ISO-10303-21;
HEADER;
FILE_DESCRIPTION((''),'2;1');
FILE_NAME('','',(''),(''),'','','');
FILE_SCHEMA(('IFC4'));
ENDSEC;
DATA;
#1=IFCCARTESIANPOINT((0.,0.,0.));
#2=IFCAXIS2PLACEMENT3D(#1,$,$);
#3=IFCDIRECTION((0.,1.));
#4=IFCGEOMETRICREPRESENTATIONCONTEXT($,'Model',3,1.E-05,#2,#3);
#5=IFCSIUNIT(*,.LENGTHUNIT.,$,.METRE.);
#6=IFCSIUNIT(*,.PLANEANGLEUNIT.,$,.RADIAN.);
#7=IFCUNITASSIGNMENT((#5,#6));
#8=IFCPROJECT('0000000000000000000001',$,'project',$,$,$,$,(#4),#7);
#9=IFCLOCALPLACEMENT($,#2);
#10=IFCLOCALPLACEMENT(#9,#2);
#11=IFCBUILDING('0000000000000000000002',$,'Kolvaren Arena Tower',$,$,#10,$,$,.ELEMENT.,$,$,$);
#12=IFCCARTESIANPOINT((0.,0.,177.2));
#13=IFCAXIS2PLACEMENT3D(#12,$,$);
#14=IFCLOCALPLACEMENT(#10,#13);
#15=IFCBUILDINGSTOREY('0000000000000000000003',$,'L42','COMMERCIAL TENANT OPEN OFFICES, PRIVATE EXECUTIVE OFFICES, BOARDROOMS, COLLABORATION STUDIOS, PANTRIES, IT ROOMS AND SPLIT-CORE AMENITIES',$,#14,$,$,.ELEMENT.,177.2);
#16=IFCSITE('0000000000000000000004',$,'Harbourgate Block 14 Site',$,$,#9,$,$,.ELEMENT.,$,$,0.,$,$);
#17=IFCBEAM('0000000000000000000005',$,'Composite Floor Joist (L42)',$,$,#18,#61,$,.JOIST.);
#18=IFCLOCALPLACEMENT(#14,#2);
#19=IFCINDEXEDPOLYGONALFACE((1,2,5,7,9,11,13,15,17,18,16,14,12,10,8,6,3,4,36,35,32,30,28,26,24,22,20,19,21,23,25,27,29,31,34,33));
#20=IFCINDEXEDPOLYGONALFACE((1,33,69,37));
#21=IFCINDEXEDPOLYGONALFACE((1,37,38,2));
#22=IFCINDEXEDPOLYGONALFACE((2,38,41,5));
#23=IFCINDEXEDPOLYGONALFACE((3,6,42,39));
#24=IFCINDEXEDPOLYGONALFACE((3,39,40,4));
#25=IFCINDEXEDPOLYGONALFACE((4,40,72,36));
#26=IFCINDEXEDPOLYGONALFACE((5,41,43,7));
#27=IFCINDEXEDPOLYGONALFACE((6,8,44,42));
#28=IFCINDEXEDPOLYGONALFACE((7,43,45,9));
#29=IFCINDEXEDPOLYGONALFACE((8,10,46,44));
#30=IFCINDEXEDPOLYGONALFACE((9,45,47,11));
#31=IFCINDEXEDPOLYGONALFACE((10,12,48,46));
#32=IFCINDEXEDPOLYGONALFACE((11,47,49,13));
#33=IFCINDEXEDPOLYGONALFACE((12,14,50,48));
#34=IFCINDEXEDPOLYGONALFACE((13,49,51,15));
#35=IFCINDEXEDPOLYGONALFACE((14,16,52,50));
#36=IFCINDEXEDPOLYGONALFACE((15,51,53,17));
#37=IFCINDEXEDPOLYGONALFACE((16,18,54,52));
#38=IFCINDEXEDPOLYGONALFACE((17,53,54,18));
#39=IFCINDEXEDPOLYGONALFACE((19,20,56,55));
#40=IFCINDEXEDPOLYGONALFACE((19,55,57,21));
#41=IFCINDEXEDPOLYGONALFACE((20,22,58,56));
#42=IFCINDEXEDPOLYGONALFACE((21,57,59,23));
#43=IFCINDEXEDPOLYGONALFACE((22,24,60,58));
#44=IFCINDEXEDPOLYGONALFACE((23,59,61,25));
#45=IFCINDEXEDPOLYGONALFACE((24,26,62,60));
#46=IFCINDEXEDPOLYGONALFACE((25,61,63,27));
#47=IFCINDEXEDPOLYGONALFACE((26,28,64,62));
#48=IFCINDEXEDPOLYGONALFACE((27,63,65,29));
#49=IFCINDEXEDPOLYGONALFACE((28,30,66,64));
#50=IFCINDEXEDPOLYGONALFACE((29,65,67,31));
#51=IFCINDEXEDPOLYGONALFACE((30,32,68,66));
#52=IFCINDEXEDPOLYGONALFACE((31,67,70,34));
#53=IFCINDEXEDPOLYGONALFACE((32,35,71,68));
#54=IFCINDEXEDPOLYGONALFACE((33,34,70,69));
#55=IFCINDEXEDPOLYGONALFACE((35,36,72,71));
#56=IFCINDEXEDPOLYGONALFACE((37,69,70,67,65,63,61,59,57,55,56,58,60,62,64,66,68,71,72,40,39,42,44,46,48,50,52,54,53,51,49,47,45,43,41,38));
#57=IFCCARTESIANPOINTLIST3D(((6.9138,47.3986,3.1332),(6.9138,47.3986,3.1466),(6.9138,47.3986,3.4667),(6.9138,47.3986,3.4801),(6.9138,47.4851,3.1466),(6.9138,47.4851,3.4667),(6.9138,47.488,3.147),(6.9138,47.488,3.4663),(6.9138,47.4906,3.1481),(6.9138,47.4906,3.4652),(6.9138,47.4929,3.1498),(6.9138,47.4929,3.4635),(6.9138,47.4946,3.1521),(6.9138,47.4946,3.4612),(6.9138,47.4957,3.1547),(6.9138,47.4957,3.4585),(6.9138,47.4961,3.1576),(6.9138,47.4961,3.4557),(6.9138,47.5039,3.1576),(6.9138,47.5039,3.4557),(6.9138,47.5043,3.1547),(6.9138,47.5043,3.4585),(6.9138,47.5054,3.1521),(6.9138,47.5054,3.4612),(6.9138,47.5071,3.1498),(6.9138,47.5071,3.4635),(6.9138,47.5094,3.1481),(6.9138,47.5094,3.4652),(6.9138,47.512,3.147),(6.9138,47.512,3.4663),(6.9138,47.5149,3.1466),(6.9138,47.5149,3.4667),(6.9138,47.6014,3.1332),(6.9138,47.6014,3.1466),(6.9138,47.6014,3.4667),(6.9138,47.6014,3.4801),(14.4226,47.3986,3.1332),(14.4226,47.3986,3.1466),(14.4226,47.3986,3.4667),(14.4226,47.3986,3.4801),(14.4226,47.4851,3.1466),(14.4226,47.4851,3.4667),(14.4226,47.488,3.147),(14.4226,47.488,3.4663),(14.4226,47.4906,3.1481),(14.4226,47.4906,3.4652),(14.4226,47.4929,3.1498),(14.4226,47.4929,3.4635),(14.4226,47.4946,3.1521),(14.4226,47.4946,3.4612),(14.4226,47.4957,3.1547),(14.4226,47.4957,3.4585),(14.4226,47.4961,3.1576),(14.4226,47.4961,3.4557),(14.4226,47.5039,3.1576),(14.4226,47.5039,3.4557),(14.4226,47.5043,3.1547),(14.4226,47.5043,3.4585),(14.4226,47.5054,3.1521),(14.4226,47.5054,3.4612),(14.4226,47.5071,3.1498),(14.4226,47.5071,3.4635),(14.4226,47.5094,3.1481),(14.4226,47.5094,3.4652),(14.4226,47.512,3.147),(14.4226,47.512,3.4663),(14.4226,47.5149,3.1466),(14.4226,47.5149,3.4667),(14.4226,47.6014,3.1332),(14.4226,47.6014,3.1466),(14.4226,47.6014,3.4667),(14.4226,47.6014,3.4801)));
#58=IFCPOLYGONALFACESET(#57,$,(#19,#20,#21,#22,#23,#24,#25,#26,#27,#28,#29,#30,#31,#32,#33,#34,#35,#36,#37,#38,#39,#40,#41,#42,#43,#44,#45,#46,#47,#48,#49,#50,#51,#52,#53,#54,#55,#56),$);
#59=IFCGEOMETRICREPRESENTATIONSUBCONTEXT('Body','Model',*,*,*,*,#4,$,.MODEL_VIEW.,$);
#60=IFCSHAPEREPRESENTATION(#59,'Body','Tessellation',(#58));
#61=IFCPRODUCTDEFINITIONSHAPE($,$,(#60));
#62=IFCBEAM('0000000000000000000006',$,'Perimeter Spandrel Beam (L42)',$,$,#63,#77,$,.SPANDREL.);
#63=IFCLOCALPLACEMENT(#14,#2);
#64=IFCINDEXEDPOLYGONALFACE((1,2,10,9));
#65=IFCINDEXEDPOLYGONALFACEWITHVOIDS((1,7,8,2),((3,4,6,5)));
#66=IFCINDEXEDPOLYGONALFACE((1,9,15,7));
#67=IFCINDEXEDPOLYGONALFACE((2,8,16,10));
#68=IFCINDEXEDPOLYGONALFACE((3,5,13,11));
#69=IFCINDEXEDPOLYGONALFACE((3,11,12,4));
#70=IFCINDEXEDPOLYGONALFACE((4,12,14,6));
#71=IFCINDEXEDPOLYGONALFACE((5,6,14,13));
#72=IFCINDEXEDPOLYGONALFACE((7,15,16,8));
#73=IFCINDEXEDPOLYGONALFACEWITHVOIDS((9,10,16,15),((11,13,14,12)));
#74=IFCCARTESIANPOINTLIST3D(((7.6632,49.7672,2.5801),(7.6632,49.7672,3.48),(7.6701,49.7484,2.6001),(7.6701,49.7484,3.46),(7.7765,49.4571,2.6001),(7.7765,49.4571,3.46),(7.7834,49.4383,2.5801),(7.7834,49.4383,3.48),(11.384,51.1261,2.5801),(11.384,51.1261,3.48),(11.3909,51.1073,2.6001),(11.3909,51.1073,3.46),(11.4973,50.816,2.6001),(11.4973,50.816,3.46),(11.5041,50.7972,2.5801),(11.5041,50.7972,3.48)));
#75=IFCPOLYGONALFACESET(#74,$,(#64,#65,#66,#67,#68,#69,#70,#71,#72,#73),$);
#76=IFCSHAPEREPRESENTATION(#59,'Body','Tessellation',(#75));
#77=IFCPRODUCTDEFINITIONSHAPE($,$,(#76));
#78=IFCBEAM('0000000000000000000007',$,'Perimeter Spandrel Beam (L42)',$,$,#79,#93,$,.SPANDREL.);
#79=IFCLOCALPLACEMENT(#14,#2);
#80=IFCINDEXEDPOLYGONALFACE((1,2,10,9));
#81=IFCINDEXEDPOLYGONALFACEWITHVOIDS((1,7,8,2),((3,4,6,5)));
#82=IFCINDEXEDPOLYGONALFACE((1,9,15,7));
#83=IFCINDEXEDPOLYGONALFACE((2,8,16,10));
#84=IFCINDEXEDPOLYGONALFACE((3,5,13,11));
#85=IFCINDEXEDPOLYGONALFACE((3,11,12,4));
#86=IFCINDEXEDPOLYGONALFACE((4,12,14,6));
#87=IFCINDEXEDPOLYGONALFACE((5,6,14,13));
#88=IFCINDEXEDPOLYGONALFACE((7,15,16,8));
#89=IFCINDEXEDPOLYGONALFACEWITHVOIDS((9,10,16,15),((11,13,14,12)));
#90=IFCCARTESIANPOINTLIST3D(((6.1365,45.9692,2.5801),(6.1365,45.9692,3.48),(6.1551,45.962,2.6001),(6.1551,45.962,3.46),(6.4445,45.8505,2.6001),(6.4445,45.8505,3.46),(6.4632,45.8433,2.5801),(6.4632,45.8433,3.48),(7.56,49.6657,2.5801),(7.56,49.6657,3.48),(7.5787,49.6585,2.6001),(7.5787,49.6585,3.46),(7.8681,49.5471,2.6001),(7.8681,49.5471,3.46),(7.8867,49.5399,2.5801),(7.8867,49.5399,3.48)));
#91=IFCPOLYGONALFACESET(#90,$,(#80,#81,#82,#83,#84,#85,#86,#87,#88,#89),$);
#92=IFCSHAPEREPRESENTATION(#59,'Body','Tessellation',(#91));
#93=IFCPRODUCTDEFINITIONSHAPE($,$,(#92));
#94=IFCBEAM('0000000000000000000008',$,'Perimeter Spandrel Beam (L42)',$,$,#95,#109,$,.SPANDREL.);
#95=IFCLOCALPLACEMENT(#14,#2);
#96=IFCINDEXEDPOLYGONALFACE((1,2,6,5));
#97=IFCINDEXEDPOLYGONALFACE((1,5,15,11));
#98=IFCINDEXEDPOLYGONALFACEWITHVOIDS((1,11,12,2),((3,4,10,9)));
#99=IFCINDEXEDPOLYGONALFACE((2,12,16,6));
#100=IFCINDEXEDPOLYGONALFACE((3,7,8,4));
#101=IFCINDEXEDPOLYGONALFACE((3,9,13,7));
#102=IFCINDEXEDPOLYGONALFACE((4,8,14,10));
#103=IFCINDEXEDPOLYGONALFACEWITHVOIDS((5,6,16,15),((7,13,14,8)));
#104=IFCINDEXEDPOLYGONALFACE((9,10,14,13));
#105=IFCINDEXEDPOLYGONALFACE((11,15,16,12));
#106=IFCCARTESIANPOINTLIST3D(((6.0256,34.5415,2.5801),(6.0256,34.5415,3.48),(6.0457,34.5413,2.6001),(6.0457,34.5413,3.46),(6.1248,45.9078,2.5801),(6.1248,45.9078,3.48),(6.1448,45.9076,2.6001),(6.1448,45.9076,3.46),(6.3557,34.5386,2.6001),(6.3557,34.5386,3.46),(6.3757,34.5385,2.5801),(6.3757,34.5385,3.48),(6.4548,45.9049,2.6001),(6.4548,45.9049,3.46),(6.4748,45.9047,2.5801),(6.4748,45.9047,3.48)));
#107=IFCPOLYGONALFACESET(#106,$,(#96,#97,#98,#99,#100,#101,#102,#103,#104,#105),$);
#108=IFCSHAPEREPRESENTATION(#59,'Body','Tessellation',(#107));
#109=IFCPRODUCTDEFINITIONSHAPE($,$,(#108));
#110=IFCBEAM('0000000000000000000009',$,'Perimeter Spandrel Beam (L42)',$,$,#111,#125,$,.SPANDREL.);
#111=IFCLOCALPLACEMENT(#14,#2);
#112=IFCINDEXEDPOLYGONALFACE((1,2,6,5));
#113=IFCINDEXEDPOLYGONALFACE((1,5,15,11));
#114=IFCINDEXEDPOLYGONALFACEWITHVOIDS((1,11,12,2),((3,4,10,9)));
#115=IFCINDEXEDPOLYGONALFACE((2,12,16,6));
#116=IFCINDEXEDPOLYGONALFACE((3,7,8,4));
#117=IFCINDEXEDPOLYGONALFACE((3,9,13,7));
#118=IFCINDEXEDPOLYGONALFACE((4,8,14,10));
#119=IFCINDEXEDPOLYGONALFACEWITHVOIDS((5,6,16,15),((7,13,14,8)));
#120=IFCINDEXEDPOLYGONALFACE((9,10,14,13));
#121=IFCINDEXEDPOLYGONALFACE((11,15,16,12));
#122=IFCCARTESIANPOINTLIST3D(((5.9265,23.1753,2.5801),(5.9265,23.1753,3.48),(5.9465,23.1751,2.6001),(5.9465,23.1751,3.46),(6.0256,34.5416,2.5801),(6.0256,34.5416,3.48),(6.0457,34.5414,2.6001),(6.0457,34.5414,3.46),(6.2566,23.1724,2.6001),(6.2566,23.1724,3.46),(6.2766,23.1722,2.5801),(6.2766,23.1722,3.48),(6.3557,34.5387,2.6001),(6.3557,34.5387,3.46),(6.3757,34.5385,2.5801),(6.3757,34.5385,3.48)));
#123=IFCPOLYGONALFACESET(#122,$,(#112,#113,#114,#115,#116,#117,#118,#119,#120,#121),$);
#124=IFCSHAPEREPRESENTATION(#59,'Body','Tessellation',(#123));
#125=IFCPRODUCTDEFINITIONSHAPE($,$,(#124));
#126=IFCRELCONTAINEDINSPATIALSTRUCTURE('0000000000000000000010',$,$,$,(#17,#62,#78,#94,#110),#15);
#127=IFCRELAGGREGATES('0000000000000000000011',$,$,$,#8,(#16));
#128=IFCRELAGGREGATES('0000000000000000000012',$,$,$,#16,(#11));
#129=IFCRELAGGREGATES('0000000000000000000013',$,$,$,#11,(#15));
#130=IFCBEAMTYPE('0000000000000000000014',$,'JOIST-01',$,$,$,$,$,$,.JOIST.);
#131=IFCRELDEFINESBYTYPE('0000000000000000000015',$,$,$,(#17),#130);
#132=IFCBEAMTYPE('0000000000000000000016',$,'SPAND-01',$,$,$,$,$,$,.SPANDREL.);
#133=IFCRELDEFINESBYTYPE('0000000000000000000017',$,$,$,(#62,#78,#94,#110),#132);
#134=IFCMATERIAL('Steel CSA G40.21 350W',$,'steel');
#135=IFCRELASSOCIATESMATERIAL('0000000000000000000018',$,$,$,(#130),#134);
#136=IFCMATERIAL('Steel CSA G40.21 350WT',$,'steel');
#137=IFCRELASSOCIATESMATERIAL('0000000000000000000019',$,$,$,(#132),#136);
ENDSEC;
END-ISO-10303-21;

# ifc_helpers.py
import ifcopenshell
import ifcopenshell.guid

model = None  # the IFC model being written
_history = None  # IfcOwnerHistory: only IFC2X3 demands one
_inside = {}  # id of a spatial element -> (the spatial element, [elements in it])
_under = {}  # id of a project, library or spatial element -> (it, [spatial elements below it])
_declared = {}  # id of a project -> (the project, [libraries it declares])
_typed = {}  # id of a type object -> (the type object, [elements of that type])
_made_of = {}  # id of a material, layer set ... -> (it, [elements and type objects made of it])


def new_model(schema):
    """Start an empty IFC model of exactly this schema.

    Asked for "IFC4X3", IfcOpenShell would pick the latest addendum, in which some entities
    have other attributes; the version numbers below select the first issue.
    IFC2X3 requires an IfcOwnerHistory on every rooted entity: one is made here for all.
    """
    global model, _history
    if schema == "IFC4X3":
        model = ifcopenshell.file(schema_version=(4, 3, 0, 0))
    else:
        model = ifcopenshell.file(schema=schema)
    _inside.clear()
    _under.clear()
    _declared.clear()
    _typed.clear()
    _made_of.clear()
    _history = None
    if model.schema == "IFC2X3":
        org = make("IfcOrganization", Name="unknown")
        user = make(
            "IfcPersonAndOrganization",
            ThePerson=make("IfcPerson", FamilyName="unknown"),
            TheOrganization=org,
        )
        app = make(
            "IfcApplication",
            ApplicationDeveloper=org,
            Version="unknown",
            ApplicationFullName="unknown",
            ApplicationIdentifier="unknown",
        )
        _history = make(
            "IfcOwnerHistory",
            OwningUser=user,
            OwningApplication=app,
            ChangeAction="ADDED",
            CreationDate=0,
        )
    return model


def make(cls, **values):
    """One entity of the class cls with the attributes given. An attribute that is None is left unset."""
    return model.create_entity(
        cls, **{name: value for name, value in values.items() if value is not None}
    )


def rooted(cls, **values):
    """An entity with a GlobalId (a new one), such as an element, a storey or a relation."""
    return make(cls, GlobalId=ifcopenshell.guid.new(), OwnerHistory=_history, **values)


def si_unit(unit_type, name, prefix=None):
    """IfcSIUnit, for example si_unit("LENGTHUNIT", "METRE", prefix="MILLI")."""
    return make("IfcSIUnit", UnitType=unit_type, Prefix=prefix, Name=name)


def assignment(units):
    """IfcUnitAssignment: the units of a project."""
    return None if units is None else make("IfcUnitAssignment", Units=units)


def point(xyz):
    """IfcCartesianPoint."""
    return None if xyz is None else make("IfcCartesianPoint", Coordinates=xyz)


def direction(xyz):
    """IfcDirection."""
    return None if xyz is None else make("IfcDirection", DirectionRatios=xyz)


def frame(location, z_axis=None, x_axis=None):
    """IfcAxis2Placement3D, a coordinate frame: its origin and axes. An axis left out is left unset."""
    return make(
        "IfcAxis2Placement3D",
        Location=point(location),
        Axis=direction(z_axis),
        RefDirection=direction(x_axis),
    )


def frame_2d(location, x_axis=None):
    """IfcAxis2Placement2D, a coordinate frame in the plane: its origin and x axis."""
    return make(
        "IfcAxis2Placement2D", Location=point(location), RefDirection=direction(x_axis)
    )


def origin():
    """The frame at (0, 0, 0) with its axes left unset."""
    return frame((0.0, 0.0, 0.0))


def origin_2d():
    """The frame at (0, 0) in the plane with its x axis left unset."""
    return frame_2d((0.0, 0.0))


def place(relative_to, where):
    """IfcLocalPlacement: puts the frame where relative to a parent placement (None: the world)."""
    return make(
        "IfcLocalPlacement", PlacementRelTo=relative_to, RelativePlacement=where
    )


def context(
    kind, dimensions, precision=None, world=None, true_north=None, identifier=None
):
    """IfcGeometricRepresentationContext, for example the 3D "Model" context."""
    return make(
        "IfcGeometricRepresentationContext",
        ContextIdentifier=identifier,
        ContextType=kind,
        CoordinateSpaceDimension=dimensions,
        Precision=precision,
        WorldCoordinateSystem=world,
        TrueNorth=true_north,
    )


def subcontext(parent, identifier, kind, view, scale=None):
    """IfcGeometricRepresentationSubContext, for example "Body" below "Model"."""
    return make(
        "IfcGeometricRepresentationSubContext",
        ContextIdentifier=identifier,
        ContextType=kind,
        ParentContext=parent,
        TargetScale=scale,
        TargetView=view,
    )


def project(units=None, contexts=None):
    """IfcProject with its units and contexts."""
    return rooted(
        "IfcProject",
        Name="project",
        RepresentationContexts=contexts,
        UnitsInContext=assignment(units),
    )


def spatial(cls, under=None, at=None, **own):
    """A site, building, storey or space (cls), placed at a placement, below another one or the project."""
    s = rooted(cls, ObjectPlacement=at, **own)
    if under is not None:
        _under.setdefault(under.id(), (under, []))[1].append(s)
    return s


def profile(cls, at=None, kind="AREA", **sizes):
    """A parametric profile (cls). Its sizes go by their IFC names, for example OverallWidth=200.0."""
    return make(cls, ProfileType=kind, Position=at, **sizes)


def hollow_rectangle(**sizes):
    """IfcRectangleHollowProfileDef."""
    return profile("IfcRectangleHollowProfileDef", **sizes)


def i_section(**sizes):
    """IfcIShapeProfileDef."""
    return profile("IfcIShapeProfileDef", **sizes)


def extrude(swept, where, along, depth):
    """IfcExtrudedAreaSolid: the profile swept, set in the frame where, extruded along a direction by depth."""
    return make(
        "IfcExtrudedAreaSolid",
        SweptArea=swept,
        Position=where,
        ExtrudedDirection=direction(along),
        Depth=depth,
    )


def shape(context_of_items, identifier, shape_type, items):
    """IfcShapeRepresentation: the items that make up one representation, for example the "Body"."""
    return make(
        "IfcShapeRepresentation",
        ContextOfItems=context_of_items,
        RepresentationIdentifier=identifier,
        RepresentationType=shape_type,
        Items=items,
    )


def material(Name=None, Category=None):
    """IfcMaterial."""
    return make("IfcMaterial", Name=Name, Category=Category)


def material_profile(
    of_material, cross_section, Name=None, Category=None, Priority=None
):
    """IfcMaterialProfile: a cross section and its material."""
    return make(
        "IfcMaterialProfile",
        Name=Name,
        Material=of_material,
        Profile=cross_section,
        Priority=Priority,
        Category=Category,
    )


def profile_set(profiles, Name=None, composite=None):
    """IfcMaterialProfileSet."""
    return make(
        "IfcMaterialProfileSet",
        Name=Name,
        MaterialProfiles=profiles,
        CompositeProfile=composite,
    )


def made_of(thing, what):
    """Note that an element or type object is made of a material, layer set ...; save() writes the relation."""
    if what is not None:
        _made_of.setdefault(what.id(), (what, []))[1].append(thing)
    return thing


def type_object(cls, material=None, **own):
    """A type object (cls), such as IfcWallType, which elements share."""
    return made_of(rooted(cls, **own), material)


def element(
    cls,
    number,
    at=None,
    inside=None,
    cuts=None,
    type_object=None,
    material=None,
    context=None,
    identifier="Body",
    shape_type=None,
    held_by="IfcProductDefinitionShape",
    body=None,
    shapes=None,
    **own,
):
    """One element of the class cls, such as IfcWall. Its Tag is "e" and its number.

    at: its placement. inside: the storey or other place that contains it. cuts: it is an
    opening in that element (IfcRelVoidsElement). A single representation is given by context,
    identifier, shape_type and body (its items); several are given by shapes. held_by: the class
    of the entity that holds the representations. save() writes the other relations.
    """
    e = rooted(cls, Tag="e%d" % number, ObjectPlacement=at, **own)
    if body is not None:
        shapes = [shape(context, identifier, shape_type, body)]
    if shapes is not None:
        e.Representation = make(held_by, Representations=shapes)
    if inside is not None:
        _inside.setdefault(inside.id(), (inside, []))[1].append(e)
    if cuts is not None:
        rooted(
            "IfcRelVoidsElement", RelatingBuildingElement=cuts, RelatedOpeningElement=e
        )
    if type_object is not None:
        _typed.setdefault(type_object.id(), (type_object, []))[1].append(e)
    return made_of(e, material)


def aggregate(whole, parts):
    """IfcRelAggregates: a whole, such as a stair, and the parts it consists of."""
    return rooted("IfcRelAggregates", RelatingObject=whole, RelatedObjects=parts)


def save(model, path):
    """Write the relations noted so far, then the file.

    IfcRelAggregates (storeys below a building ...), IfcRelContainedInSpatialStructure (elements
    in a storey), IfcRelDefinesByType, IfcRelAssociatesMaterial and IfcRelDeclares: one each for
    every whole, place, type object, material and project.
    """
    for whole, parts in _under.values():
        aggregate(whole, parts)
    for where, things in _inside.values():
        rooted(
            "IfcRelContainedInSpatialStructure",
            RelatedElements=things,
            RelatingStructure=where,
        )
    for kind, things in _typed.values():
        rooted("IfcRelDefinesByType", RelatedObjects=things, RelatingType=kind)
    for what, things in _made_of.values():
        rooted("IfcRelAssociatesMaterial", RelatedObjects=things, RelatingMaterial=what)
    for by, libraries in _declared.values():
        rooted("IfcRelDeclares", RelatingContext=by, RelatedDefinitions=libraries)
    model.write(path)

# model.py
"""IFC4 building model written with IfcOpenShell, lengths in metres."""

from ifc_helpers import new_model, si_unit, direction, frame, origin, origin_2d, place, context, subcontext, project, spatial, hollow_rectangle, i_section, extrude, material, material_profile, profile_set, type_object, element, save


model = new_model("IFC4")

# Units and contexts
model_context = context("Model", 3, precision=1e-05, world=origin(), true_north=direction((0.0, 1.0)))
body_context = subcontext(model_context, "Body", "Model", "MODEL_VIEW")
ifc_project = project(units=[si_unit("LENGTHUNIT", "METRE"), si_unit("PLANEANGLEUNIT", "RADIAN")], contexts=[model_context])

# Site, building, storey
site_placement = place(None, origin())
site = spatial("IfcSite", under=ifc_project, at=site_placement, Name="Harbourgate Block 14 Site", CompositionType="ELEMENT", RefElevation=0.0)
building_placement = place(site_placement, origin())
building = spatial("IfcBuilding", under=site, at=building_placement, Name="Kolvaren Arena Tower", CompositionType="ELEMENT")
storey_placement = place(building_placement, frame((0.0, 0.0, 177.2)))
storey = spatial("IfcBuildingStorey", under=building, at=storey_placement, Name="L42", Description="COMMERCIAL TENANT OPEN OFFICES, PRIVATE EXECUTIVE OFFICES, BOARDROOMS, COLLABORATION STUDIOS, PANTRIES, IT ROOMS AND SPLIT-CORE AMENITIES", CompositionType="ELEMENT", Elevation=177.2)

# Beams
ifc_material_1 = material(Name="Steel CSA G40.21 350W", Category="steel")
ifc_material_profile_1 = material_profile(ifc_material_1, i_section(OverallWidth=0.2029, OverallDepth=0.3469, WebThickness=0.0078, FlangeThickness=0.0134, FilletRadius=0.011, at=origin_2d()), Name="W360x64")
ifc_profile_set_1 = profile_set([ifc_material_profile_1], Name="Steel CSA G40.21 350W")
beam_type_1 = type_object("IfcBeamType", Name="JOIST-01", PredefinedType="JOIST", material=ifc_profile_set_1)
beam_1_placement = place(storey_placement, frame((6.9138, 47.5, 3.3066), z_axis=(1.0, 0.0, 0.0), x_axis=(0.0, 1.0, 0.0)))
element("IfcBeam", 1, at=beam_1_placement, inside=storey, type_object=beam_type_1, Name="Composite Floor Joist (L42)", PredefinedType="JOIST", context=body_context, shape_type="SweptSolid", body=[
    extrude(i_section(OverallWidth=0.2029, OverallDepth=0.3469, WebThickness=0.0078, FlangeThickness=0.0134, FilletRadius=0.011, at=origin_2d()), origin(), (0.0, 0.0, 1.0), 7.5088),
])
ifc_material_2 = material(Name="Steel CSA G40.21 350WT", Category="steel")
ifc_material_profile_2 = material_profile(ifc_material_2, hollow_rectangle(XDim=0.3501, YDim=0.8999, WallThickness=0.02, at=origin_2d()), Name="HSS 900x350x20")
ifc_profile_set_2 = profile_set([ifc_material_profile_2], Name="Steel CSA G40.21 350WT")
beam_type_2 = type_object("IfcBeamType", Name="SPAND-01", PredefinedType="SPANDREL", material=ifc_profile_set_2)
for number, where, z_axis, x_axis, name in (
    (2, (11.4441, 50.9617, 3.03), (-0.939314, -0.343059, 0.0), (0.343059, -0.939314, 0.0), "Perimeter Spandrel Beam (L42)"),
    (3, (7.7234, 49.6028, 3.03), (-0.359384, -0.93319, 0.0), (0.93319, -0.359384, 0.0), "Perimeter Spandrel Beam (L42)"),
):
    element("IfcBeam", number, at=place(storey_placement, frame(where, z_axis=z_axis, x_axis=x_axis)), inside=storey, type_object=beam_type_2, Name=name, PredefinedType="SPANDREL", context=body_context, shape_type="SweptSolid", body=[
        extrude(hollow_rectangle(XDim=0.3501, YDim=0.8999, WallThickness=0.02, at=origin_2d()), origin(), (0.0, 0.0, 1.0), 3.9612),
    ])
for number, where, z_axis, x_axis, name in (
    (4, (6.2998, 45.9062, 3.03), (-0.00872, -0.999962, 0.0), (0.999962, -0.00872, 0.0), "Perimeter Spandrel Beam (L42)"),
    (5, (6.2007, 34.54, 3.03), (-0.00872, -0.999962, 0.0), (0.999962, -0.00872, 0.0), "Perimeter Spandrel Beam (L42)"),
):
    element("IfcBeam", number, at=place(storey_placement, frame(where, z_axis=z_axis, x_axis=x_axis)), inside=storey, type_object=beam_type_2, Name=name, PredefinedType="SPANDREL", context=body_context, shape_type="SweptSolid", body=[
        extrude(hollow_rectangle(XDim=0.3501, YDim=0.8999, WallThickness=0.02, at=origin_2d()), origin(), (0.0, 0.0, 1.0), 11.3667),
    ])

save(model, "model.ifc")
